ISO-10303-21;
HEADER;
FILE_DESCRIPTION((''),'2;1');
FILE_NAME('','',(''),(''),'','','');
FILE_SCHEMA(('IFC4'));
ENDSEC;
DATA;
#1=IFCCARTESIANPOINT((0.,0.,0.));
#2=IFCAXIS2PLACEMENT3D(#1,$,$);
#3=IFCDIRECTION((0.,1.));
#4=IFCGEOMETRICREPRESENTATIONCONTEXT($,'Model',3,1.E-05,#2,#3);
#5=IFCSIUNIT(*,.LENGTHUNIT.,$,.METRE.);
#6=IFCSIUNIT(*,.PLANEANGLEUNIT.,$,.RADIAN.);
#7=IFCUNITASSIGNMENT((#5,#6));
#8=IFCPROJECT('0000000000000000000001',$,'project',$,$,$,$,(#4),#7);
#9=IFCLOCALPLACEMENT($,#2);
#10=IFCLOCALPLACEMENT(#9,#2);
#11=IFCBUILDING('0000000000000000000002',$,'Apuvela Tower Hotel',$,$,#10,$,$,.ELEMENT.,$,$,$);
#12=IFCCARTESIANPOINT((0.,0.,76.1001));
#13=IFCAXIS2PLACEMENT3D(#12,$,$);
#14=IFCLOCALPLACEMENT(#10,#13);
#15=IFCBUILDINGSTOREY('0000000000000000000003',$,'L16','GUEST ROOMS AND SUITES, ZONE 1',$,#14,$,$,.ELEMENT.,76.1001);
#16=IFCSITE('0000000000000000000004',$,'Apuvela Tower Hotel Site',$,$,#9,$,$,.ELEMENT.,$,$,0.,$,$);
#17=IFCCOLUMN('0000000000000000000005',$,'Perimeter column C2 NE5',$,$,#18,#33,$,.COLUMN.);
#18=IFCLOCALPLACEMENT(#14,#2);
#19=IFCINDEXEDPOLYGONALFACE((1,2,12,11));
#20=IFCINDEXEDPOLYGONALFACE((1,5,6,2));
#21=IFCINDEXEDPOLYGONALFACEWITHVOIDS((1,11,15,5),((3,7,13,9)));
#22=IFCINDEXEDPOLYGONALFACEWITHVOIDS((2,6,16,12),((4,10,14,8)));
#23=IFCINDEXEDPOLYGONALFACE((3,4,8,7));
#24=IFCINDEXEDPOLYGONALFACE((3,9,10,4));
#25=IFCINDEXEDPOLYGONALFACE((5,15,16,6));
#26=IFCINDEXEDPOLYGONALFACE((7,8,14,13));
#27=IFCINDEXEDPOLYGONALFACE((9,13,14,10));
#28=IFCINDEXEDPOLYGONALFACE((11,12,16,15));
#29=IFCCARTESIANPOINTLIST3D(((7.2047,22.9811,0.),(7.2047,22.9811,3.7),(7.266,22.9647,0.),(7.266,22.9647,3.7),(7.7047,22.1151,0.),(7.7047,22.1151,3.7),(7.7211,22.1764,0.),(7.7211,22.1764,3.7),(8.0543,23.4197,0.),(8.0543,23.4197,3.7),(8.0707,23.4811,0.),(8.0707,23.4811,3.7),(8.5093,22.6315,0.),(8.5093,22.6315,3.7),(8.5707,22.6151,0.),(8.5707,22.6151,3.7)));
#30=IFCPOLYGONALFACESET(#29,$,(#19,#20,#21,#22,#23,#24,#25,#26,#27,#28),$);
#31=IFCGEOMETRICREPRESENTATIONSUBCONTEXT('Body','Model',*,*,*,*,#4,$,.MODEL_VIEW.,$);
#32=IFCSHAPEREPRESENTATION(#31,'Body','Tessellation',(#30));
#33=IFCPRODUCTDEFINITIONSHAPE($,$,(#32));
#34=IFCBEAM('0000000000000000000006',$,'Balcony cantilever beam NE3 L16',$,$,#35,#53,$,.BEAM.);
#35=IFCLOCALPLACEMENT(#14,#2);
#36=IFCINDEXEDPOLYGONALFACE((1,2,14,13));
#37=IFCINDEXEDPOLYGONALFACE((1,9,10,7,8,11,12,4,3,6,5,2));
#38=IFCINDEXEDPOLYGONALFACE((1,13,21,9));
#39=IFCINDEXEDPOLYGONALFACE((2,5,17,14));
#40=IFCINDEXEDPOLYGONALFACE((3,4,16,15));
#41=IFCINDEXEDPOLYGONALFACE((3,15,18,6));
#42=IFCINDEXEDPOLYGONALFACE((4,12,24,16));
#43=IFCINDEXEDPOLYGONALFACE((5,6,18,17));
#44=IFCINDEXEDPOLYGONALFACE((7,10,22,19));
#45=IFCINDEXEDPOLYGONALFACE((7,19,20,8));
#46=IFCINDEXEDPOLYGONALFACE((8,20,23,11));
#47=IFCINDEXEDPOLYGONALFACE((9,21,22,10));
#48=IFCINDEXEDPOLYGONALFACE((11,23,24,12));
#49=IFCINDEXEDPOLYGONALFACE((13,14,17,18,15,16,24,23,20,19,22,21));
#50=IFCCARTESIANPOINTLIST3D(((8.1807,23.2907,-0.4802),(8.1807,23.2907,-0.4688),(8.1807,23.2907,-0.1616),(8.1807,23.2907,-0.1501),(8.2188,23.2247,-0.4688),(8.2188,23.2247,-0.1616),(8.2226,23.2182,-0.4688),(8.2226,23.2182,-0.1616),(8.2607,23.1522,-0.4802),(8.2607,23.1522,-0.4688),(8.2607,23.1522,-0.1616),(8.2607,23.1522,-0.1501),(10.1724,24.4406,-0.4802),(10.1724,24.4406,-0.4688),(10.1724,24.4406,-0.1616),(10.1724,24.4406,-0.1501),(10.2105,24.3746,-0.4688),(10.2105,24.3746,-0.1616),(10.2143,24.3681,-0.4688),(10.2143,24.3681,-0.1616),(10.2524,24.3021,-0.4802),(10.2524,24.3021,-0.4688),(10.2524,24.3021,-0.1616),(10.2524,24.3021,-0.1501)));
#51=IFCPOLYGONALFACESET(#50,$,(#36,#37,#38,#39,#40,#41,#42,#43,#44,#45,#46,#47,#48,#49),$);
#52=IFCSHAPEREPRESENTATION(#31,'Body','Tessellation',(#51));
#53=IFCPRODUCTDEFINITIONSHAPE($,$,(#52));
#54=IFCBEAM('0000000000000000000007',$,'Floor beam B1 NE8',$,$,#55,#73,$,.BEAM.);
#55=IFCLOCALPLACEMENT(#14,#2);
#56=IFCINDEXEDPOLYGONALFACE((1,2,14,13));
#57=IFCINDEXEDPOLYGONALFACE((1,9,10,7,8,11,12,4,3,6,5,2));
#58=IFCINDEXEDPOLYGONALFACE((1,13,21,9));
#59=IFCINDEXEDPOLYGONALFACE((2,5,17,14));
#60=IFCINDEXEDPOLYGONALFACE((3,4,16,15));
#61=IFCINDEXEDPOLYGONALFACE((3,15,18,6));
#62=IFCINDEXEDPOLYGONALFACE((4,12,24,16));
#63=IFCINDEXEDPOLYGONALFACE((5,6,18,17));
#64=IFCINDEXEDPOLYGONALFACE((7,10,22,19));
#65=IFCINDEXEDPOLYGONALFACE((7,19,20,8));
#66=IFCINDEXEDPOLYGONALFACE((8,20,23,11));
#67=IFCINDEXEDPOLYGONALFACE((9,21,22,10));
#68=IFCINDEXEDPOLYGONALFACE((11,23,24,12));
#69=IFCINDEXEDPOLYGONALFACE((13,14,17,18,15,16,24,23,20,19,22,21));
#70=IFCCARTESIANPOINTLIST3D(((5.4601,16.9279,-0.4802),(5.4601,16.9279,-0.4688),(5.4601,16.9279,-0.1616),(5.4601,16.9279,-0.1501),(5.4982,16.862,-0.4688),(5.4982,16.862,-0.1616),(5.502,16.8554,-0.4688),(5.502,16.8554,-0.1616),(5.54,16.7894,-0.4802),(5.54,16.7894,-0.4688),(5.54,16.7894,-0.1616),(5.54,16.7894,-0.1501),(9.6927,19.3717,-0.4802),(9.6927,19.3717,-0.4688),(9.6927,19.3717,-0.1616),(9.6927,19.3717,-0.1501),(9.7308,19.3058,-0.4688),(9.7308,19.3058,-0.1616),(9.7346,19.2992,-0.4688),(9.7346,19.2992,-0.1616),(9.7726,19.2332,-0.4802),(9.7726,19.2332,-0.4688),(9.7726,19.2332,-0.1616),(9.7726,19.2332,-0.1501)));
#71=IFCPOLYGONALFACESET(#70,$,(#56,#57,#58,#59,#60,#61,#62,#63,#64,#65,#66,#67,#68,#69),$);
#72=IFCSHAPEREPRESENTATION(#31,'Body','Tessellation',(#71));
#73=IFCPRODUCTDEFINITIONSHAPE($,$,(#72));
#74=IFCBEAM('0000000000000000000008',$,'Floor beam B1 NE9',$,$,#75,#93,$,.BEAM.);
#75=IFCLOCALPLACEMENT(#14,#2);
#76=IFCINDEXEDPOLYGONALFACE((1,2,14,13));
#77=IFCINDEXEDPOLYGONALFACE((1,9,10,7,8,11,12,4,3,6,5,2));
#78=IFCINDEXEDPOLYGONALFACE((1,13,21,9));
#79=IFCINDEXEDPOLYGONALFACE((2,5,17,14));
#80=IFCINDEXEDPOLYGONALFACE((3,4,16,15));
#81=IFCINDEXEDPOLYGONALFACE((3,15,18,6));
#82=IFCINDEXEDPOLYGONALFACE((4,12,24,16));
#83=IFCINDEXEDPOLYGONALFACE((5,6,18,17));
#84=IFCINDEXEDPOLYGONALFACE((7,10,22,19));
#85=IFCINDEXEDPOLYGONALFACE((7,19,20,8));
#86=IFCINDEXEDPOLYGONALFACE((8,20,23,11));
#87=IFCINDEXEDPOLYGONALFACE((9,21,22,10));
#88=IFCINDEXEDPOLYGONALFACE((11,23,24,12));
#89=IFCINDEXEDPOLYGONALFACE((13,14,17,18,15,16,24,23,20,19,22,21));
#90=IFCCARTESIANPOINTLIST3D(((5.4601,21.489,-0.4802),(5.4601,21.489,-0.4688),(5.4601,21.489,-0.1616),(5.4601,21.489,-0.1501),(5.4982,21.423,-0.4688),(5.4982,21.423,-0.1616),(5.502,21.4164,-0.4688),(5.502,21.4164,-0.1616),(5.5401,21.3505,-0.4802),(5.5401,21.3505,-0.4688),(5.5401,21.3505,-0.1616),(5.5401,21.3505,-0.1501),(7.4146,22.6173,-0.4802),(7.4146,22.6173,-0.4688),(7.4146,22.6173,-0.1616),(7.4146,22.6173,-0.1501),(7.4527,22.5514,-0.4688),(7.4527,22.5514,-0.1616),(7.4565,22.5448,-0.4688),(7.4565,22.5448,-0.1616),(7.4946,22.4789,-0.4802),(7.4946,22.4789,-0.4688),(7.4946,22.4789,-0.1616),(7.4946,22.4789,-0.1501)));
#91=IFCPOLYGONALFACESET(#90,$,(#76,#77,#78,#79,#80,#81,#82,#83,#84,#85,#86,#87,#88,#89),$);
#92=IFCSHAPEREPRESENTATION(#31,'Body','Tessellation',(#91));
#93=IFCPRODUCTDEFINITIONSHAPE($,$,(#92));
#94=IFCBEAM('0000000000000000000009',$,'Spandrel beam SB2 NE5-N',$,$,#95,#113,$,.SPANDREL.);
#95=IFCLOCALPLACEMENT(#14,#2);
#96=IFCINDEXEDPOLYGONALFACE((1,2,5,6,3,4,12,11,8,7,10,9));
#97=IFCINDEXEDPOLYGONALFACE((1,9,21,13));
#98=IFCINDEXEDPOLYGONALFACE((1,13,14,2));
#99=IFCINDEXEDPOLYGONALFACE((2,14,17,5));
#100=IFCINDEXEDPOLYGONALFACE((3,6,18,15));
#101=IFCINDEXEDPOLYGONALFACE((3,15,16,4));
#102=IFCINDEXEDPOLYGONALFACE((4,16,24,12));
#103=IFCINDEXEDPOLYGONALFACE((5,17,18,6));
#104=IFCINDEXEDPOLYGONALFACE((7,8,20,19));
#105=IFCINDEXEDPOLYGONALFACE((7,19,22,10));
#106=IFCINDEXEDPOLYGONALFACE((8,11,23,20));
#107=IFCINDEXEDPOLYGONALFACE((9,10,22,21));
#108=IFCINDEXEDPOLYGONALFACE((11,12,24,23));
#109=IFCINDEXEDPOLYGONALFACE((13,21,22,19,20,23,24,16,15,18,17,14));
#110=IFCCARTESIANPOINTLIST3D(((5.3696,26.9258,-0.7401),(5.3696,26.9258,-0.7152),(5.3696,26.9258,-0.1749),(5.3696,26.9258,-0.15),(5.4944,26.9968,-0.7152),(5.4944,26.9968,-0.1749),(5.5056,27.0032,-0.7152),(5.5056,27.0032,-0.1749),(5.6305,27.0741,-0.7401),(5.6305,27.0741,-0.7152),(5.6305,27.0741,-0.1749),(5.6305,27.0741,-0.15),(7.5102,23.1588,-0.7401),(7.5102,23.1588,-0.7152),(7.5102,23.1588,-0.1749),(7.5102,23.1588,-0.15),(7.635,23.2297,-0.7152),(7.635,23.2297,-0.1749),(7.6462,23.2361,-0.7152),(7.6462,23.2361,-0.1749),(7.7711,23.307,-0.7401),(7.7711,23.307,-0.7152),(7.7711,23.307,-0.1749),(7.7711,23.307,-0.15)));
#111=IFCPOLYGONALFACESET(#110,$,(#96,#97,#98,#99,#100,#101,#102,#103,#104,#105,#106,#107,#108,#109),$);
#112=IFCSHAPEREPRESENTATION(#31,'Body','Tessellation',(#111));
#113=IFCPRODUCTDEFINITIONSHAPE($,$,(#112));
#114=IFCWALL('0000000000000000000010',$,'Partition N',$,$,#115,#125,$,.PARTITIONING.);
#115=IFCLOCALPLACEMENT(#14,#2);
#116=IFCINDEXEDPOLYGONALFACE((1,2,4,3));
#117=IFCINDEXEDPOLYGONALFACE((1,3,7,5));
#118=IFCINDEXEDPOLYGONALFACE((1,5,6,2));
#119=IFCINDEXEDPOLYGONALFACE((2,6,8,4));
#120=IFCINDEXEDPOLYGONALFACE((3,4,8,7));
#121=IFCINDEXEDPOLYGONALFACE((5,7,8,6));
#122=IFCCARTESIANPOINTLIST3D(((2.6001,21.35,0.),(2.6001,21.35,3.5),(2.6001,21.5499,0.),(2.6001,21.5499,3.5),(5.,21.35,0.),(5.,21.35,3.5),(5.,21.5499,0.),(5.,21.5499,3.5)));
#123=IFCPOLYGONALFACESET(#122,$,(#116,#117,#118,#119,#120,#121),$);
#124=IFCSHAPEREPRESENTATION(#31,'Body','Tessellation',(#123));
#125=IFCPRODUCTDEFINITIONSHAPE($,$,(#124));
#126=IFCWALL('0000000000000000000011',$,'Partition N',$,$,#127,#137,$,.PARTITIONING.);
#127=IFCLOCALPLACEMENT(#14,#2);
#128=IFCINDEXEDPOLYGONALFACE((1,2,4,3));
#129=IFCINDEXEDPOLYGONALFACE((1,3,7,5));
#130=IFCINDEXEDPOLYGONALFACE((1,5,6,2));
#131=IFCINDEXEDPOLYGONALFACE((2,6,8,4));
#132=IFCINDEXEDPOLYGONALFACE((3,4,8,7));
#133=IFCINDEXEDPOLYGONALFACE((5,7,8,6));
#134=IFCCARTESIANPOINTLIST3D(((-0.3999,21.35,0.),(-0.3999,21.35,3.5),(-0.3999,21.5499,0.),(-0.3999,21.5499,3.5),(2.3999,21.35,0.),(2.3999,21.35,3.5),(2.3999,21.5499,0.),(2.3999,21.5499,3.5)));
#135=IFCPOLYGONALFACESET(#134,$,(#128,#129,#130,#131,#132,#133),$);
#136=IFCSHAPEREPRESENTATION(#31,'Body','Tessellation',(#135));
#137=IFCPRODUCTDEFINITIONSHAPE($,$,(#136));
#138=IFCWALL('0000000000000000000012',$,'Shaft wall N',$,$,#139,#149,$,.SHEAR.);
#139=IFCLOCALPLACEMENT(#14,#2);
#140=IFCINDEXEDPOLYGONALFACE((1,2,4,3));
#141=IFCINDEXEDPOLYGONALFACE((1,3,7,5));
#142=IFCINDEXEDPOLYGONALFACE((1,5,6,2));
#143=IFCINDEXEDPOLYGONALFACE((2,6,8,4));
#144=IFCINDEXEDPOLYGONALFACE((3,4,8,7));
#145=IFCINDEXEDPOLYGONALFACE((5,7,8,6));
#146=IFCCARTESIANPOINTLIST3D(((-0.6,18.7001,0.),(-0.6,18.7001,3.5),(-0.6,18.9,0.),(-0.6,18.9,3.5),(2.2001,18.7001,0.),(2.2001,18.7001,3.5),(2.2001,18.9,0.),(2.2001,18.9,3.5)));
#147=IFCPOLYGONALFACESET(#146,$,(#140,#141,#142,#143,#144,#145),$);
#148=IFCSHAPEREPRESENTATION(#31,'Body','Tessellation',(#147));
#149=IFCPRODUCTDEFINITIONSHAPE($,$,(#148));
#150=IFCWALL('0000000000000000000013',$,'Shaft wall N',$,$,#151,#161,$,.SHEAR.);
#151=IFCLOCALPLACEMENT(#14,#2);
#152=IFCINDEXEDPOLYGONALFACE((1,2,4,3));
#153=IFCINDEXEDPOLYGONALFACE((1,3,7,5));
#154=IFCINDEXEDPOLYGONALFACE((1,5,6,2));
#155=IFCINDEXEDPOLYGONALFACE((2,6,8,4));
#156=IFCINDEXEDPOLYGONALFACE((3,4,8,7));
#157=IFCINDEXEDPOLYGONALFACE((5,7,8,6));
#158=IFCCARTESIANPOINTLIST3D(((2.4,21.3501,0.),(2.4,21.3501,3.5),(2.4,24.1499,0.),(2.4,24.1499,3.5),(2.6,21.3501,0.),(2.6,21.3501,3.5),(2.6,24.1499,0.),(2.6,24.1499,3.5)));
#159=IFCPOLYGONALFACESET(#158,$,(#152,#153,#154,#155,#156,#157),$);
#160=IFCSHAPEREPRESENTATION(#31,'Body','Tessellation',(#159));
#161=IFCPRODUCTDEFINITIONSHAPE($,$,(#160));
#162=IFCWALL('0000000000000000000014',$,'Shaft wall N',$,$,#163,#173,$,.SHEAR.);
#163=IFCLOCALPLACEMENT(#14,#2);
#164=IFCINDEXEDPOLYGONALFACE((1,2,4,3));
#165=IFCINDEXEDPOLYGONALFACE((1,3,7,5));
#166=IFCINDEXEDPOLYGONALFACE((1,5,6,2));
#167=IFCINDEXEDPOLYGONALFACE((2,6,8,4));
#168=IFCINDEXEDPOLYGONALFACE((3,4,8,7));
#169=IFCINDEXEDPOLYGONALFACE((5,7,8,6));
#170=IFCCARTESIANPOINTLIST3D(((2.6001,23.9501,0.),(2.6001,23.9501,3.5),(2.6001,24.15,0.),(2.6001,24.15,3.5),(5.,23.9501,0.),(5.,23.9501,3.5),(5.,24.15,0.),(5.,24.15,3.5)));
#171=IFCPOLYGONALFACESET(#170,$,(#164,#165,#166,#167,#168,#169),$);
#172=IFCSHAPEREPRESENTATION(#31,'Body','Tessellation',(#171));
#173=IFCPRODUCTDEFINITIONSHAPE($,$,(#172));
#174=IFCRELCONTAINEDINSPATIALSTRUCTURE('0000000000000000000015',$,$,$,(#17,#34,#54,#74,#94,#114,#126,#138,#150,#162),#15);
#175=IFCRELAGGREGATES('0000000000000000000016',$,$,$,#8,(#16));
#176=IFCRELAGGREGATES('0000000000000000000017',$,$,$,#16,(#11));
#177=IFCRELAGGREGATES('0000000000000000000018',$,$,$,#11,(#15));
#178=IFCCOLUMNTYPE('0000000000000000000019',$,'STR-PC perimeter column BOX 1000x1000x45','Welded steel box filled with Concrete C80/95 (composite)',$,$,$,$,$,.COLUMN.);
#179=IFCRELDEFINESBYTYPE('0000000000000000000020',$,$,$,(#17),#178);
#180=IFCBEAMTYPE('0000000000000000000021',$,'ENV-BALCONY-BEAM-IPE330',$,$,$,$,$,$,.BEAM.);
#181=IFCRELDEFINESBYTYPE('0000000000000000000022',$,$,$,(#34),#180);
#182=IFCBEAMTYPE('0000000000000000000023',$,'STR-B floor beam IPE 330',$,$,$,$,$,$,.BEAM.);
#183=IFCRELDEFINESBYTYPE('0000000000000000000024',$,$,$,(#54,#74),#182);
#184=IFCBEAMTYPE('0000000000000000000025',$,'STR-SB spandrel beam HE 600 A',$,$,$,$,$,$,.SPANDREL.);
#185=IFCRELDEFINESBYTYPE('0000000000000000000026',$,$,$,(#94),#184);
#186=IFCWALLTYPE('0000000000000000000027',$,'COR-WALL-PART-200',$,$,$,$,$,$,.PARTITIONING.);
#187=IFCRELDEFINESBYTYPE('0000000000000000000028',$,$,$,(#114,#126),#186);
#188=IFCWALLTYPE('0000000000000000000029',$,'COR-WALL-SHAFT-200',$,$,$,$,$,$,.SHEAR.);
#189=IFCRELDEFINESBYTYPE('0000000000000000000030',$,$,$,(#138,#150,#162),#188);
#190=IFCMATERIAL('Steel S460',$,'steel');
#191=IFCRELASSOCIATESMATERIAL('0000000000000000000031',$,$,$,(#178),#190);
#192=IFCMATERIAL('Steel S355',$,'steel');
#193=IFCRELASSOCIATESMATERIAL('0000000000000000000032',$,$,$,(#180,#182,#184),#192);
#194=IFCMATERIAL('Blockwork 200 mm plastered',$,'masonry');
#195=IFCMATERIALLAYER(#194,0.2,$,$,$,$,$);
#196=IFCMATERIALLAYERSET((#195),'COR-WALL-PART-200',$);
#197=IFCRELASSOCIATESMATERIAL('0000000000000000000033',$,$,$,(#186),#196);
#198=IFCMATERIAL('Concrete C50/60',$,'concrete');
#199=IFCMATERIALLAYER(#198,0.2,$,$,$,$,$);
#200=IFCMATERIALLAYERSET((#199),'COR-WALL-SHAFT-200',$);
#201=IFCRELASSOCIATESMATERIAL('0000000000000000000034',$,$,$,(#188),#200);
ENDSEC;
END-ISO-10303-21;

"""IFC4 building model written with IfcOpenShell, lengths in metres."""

from ifc_helpers import new_model, si_unit, direction, frame, frame_2d, origin, origin_2d, place, context, subcontext, project, spatial, rectangle, hollow_rectangle, i_section, extrude, material, layer, layer_set, material_profile, profile_set, type_object, element, save


model = new_model("IFC4")

# Units and contexts
model_context = context("Model", 3, precision=1e-05, world=origin(), true_north=direction((0.0, 1.0)))
body_context = subcontext(model_context, "Body", "Model", "MODEL_VIEW")
ifc_project = project(units=[si_unit("LENGTHUNIT", "METRE"), si_unit("PLANEANGLEUNIT", "RADIAN")], contexts=[model_context])

# Site, building, storey
site_placement = place(None, origin())
site = spatial("IfcSite", under=ifc_project, at=site_placement, Name="Apuvela Tower Hotel Site", CompositionType="ELEMENT", RefElevation=0.0)
building_placement = place(site_placement, origin())
building = spatial("IfcBuilding", under=site, at=building_placement, Name="Apuvela Tower Hotel", CompositionType="ELEMENT")
storey_placement = place(building_placement, frame((0.0, 0.0, 76.1001)))
storey = spatial("IfcBuildingStorey", under=building, at=storey_placement, Name="L16", Description="GUEST ROOMS AND SUITES, ZONE 1", CompositionType="ELEMENT", Elevation=76.1001)

# Column
ifc_material_1 = material(Name="Steel S460", Category="steel")
ifc_material_profile_1 = material_profile(ifc_material_1, hollow_rectangle(XDim=1.0, YDim=1.0, WallThickness=0.0449, at=origin_2d()), Name="BOX 1000x1000x45")
ifc_material_2 = material(Name="Concrete C80/95", Category="concrete")
ifc_material_profile_2 = material_profile(ifc_material_2, rectangle(XDim=0.9099, YDim=0.9099, at=origin_2d()), Name="Concrete C80/95 infill")
ifc_profile_set_1 = profile_set([ifc_material_profile_1, ifc_material_profile_2], Name="Steel S460")
column_type = type_object("IfcColumnType", Name="STR-PC perimeter column BOX 1000x1000x45", Description="Welded steel box filled with Concrete C80/95 (composite)", PredefinedType="COLUMN", material=ifc_profile_set_1)
column_placement = place(storey_placement, frame((7.8877, 22.7981, 0.0), z_axis=(0.0, 0.0, 1.0), x_axis=(-0.5, 0.866025, 0.0)))
element("IfcColumn", 1, at=column_placement, inside=storey, type_object=column_type, Name="Perimeter column C2 NE5", PredefinedType="COLUMN", context=body_context, shape_type="SweptSolid", body=[
    extrude(hollow_rectangle(XDim=1.0, YDim=1.0, WallThickness=0.0449, at=origin_2d()), origin(), (0.0, 0.0, 1.0), 3.7),
])

# Beams
ifc_material_3 = material(Name="Steel S355", Category="steel")
ifc_material_profile_3 = material_profile(ifc_material_3, i_section(OverallWidth=0.1599, OverallDepth=0.3301, WebThickness=0.0076, FlangeThickness=0.0115, at=origin_2d()), Name="IPE 330")
ifc_profile_set_2 = profile_set([ifc_material_profile_3], Name="Steel S355")
beam_type_1 = type_object("IfcBeamType", Name="ENV-BALCONY-BEAM-IPE330", PredefinedType="BEAM", material=ifc_profile_set_2)
beam_1_placement = place(storey_placement, frame((8.2207, 23.2214, -0.3152), z_axis=(0.866026, 0.499998, 0.0), x_axis=(-0.499998, 0.866026, 0.0)))
element("IfcBeam", 2, at=beam_1_placement, inside=storey, type_object=beam_type_1, Name="Balcony cantilever beam NE3 L16", PredefinedType="BEAM", context=body_context, shape_type="SweptSolid", body=[
    extrude(i_section(OverallWidth=0.1599, OverallDepth=0.3301, WebThickness=0.0076, FlangeThickness=0.0115, at=origin_2d()), origin(), (0.0, 0.0, 1.0), 2.2998),
])
ifc_material_profile_4 = material_profile(ifc_material_3, i_section(OverallWidth=0.1599, OverallDepth=0.3301, WebThickness=0.0076, FlangeThickness=0.0115, at=origin_2d()), Name="IPE 330")
ifc_profile_set_3 = profile_set([ifc_material_profile_4], Name="Steel S355")
beam_type_2 = type_object("IfcBeamType", Name="STR-B floor beam IPE 330", PredefinedType="BEAM", material=ifc_profile_set_3)
beam_2_placement = place(storey_placement, frame((9.7327, 19.3025, -0.3152), z_axis=(-0.866015, -0.500018, 0.0), x_axis=(0.500018, -0.866015, 0.0)))
element("IfcBeam", 3, at=beam_2_placement, inside=storey, type_object=beam_type_2, Name="Floor beam B1 NE8", PredefinedType="BEAM", context=body_context, shape_type="SweptSolid", body=[
    extrude(i_section(OverallWidth=0.1599, OverallDepth=0.3301, WebThickness=0.0076, FlangeThickness=0.0115, at=origin_2d()), origin(), (0.0, 0.0, 1.0), 4.8875),
])
beam_3_placement = place(storey_placement, frame((7.4546, 22.5481, -0.3152), z_axis=(-0.866038, -0.499978, 0.0), x_axis=(0.499978, -0.866038, 0.0)))
element("IfcBeam", 4, at=beam_3_placement, inside=storey, type_object=beam_type_2, Name="Floor beam B1 NE9", PredefinedType="BEAM", context=body_context, shape_type="SweptSolid", body=[
    extrude(i_section(OverallWidth=0.1599, OverallDepth=0.3301, WebThickness=0.0076, FlangeThickness=0.0115, at=origin_2d()), origin(), (0.0, 0.0, 1.0), 2.2568),
])
ifc_material_profile_5 = material_profile(ifc_material_3, i_section(OverallWidth=0.3, OverallDepth=0.5901, WebThickness=0.0129, FlangeThickness=0.0249, at=origin_2d()), Name="HE 600 A")
ifc_profile_set_4 = profile_set([ifc_material_profile_5], Name="Steel S355")
beam_type_3 = type_object("IfcBeamType", Name="STR-SB spandrel beam HE 600 A", PredefinedType="SPANDREL", material=ifc_profile_set_4)
beam_4_placement = place(storey_placement, frame((7.6406, 23.2329, -0.4451), z_axis=(-0.49405, 0.869433, 0.0), x_axis=(-0.869433, -0.49405, 0.0)))
element("IfcBeam", 5, at=beam_4_placement, inside=storey, type_object=beam_type_3, Name="Spandrel beam SB2 NE5-N", PredefinedType="SPANDREL", context=body_context, shape_type="SweptSolid", body=[
    extrude(i_section(OverallWidth=0.3, OverallDepth=0.5901, WebThickness=0.0129, FlangeThickness=0.0249, at=origin_2d()), origin(), (0.0, 0.0, 1.0), 4.3328),
])

# Walls
ifc_material_4 = material(Name="Blockwork 200 mm plastered", Category="masonry")
ifc_layer_1 = layer(ifc_material_4, 0.2)
ifc_layer_set_1 = layer_set([ifc_layer_1], Name="COR-WALL-PART-200")
wall_type_1 = type_object("IfcWallType", Name="COR-WALL-PART-200", PredefinedType="PARTITIONING", material=ifc_layer_set_1)
wall_1_placement = place(storey_placement, frame((5.0, 21.45, 0.0), z_axis=(0.0, 0.0, 1.0), x_axis=(-1.0, 0.0, 0.0)))
element("IfcWall", 6, at=wall_1_placement, inside=storey, type_object=wall_type_1, Name="Partition N", PredefinedType="PARTITIONING", context=body_context, shape_type="SweptSolid", body=[
    extrude(rectangle(XDim=2.3999, YDim=0.2, at=frame_2d((1.2, 0.0))), origin(), (0.0, 0.0, 1.0), 3.5),
])
wall_2_placement = place(storey_placement, frame((2.3999, 21.45, 0.0), z_axis=(0.0, 0.0, 1.0), x_axis=(-1.0, 0.0, 0.0)))
element("IfcWall", 7, at=wall_2_placement, inside=storey, type_object=wall_type_1, Name="Partition N", PredefinedType="PARTITIONING", context=body_context, shape_type="SweptSolid", body=[
    extrude(rectangle(XDim=2.7998, YDim=0.2, at=frame_2d((1.3999, 0.0))), origin(), (0.0, 0.0, 1.0), 3.5),
])
ifc_material_5 = material(Name="Concrete C50/60", Category="concrete")
ifc_layer_2 = layer(ifc_material_5, 0.2)
ifc_layer_set_2 = layer_set([ifc_layer_2], Name="COR-WALL-SHAFT-200")
wall_type_2 = type_object("IfcWallType", Name="COR-WALL-SHAFT-200", PredefinedType="SHEAR", material=ifc_layer_set_2)
wall_3_placement = place(storey_placement, frame((2.2, 18.8, 0.0), z_axis=(0.0, 0.0, 1.0), x_axis=(-1.0, 0.0, 0.0)))
element("IfcWall", 8, at=wall_3_placement, inside=storey, type_object=wall_type_2, Name="Shaft wall N", PredefinedType="SHEAR", context=body_context, shape_type="SweptSolid", body=[
    extrude(rectangle(XDim=2.8, YDim=0.2, at=frame_2d((1.3999, 0.0))), origin(), (0.0, 0.0, 1.0), 3.5),
])
wall_4_placement = place(storey_placement, frame((2.5, 21.3501, 0.0), z_axis=(0.0, 0.0, 1.0), x_axis=(0.0, 1.0, 0.0)))
element("IfcWall", 9, at=wall_4_placement, inside=storey, type_object=wall_type_2, Name="Shaft wall N", PredefinedType="SHEAR", context=body_context, shape_type="SweptSolid", body=[
    extrude(rectangle(XDim=2.7998, YDim=0.2, at=frame_2d((1.3999, 0.0))), origin(), (0.0, 0.0, 1.0), 3.5),
])
wall_5_placement = place(storey_placement, frame((5.0, 24.05, 0.0), z_axis=(0.0, 0.0, 1.0), x_axis=(-1.0, 0.0, 0.0)))
element("IfcWall", 10, at=wall_5_placement, inside=storey, type_object=wall_type_2, Name="Shaft wall N", PredefinedType="SHEAR", context=body_context, shape_type="SweptSolid", body=[
    extrude(rectangle(XDim=2.3999, YDim=0.2, at=frame_2d((1.2, 0.0))), origin(), (0.0, 0.0, 1.0), 3.5),
])

save(model, "model.ifc")
